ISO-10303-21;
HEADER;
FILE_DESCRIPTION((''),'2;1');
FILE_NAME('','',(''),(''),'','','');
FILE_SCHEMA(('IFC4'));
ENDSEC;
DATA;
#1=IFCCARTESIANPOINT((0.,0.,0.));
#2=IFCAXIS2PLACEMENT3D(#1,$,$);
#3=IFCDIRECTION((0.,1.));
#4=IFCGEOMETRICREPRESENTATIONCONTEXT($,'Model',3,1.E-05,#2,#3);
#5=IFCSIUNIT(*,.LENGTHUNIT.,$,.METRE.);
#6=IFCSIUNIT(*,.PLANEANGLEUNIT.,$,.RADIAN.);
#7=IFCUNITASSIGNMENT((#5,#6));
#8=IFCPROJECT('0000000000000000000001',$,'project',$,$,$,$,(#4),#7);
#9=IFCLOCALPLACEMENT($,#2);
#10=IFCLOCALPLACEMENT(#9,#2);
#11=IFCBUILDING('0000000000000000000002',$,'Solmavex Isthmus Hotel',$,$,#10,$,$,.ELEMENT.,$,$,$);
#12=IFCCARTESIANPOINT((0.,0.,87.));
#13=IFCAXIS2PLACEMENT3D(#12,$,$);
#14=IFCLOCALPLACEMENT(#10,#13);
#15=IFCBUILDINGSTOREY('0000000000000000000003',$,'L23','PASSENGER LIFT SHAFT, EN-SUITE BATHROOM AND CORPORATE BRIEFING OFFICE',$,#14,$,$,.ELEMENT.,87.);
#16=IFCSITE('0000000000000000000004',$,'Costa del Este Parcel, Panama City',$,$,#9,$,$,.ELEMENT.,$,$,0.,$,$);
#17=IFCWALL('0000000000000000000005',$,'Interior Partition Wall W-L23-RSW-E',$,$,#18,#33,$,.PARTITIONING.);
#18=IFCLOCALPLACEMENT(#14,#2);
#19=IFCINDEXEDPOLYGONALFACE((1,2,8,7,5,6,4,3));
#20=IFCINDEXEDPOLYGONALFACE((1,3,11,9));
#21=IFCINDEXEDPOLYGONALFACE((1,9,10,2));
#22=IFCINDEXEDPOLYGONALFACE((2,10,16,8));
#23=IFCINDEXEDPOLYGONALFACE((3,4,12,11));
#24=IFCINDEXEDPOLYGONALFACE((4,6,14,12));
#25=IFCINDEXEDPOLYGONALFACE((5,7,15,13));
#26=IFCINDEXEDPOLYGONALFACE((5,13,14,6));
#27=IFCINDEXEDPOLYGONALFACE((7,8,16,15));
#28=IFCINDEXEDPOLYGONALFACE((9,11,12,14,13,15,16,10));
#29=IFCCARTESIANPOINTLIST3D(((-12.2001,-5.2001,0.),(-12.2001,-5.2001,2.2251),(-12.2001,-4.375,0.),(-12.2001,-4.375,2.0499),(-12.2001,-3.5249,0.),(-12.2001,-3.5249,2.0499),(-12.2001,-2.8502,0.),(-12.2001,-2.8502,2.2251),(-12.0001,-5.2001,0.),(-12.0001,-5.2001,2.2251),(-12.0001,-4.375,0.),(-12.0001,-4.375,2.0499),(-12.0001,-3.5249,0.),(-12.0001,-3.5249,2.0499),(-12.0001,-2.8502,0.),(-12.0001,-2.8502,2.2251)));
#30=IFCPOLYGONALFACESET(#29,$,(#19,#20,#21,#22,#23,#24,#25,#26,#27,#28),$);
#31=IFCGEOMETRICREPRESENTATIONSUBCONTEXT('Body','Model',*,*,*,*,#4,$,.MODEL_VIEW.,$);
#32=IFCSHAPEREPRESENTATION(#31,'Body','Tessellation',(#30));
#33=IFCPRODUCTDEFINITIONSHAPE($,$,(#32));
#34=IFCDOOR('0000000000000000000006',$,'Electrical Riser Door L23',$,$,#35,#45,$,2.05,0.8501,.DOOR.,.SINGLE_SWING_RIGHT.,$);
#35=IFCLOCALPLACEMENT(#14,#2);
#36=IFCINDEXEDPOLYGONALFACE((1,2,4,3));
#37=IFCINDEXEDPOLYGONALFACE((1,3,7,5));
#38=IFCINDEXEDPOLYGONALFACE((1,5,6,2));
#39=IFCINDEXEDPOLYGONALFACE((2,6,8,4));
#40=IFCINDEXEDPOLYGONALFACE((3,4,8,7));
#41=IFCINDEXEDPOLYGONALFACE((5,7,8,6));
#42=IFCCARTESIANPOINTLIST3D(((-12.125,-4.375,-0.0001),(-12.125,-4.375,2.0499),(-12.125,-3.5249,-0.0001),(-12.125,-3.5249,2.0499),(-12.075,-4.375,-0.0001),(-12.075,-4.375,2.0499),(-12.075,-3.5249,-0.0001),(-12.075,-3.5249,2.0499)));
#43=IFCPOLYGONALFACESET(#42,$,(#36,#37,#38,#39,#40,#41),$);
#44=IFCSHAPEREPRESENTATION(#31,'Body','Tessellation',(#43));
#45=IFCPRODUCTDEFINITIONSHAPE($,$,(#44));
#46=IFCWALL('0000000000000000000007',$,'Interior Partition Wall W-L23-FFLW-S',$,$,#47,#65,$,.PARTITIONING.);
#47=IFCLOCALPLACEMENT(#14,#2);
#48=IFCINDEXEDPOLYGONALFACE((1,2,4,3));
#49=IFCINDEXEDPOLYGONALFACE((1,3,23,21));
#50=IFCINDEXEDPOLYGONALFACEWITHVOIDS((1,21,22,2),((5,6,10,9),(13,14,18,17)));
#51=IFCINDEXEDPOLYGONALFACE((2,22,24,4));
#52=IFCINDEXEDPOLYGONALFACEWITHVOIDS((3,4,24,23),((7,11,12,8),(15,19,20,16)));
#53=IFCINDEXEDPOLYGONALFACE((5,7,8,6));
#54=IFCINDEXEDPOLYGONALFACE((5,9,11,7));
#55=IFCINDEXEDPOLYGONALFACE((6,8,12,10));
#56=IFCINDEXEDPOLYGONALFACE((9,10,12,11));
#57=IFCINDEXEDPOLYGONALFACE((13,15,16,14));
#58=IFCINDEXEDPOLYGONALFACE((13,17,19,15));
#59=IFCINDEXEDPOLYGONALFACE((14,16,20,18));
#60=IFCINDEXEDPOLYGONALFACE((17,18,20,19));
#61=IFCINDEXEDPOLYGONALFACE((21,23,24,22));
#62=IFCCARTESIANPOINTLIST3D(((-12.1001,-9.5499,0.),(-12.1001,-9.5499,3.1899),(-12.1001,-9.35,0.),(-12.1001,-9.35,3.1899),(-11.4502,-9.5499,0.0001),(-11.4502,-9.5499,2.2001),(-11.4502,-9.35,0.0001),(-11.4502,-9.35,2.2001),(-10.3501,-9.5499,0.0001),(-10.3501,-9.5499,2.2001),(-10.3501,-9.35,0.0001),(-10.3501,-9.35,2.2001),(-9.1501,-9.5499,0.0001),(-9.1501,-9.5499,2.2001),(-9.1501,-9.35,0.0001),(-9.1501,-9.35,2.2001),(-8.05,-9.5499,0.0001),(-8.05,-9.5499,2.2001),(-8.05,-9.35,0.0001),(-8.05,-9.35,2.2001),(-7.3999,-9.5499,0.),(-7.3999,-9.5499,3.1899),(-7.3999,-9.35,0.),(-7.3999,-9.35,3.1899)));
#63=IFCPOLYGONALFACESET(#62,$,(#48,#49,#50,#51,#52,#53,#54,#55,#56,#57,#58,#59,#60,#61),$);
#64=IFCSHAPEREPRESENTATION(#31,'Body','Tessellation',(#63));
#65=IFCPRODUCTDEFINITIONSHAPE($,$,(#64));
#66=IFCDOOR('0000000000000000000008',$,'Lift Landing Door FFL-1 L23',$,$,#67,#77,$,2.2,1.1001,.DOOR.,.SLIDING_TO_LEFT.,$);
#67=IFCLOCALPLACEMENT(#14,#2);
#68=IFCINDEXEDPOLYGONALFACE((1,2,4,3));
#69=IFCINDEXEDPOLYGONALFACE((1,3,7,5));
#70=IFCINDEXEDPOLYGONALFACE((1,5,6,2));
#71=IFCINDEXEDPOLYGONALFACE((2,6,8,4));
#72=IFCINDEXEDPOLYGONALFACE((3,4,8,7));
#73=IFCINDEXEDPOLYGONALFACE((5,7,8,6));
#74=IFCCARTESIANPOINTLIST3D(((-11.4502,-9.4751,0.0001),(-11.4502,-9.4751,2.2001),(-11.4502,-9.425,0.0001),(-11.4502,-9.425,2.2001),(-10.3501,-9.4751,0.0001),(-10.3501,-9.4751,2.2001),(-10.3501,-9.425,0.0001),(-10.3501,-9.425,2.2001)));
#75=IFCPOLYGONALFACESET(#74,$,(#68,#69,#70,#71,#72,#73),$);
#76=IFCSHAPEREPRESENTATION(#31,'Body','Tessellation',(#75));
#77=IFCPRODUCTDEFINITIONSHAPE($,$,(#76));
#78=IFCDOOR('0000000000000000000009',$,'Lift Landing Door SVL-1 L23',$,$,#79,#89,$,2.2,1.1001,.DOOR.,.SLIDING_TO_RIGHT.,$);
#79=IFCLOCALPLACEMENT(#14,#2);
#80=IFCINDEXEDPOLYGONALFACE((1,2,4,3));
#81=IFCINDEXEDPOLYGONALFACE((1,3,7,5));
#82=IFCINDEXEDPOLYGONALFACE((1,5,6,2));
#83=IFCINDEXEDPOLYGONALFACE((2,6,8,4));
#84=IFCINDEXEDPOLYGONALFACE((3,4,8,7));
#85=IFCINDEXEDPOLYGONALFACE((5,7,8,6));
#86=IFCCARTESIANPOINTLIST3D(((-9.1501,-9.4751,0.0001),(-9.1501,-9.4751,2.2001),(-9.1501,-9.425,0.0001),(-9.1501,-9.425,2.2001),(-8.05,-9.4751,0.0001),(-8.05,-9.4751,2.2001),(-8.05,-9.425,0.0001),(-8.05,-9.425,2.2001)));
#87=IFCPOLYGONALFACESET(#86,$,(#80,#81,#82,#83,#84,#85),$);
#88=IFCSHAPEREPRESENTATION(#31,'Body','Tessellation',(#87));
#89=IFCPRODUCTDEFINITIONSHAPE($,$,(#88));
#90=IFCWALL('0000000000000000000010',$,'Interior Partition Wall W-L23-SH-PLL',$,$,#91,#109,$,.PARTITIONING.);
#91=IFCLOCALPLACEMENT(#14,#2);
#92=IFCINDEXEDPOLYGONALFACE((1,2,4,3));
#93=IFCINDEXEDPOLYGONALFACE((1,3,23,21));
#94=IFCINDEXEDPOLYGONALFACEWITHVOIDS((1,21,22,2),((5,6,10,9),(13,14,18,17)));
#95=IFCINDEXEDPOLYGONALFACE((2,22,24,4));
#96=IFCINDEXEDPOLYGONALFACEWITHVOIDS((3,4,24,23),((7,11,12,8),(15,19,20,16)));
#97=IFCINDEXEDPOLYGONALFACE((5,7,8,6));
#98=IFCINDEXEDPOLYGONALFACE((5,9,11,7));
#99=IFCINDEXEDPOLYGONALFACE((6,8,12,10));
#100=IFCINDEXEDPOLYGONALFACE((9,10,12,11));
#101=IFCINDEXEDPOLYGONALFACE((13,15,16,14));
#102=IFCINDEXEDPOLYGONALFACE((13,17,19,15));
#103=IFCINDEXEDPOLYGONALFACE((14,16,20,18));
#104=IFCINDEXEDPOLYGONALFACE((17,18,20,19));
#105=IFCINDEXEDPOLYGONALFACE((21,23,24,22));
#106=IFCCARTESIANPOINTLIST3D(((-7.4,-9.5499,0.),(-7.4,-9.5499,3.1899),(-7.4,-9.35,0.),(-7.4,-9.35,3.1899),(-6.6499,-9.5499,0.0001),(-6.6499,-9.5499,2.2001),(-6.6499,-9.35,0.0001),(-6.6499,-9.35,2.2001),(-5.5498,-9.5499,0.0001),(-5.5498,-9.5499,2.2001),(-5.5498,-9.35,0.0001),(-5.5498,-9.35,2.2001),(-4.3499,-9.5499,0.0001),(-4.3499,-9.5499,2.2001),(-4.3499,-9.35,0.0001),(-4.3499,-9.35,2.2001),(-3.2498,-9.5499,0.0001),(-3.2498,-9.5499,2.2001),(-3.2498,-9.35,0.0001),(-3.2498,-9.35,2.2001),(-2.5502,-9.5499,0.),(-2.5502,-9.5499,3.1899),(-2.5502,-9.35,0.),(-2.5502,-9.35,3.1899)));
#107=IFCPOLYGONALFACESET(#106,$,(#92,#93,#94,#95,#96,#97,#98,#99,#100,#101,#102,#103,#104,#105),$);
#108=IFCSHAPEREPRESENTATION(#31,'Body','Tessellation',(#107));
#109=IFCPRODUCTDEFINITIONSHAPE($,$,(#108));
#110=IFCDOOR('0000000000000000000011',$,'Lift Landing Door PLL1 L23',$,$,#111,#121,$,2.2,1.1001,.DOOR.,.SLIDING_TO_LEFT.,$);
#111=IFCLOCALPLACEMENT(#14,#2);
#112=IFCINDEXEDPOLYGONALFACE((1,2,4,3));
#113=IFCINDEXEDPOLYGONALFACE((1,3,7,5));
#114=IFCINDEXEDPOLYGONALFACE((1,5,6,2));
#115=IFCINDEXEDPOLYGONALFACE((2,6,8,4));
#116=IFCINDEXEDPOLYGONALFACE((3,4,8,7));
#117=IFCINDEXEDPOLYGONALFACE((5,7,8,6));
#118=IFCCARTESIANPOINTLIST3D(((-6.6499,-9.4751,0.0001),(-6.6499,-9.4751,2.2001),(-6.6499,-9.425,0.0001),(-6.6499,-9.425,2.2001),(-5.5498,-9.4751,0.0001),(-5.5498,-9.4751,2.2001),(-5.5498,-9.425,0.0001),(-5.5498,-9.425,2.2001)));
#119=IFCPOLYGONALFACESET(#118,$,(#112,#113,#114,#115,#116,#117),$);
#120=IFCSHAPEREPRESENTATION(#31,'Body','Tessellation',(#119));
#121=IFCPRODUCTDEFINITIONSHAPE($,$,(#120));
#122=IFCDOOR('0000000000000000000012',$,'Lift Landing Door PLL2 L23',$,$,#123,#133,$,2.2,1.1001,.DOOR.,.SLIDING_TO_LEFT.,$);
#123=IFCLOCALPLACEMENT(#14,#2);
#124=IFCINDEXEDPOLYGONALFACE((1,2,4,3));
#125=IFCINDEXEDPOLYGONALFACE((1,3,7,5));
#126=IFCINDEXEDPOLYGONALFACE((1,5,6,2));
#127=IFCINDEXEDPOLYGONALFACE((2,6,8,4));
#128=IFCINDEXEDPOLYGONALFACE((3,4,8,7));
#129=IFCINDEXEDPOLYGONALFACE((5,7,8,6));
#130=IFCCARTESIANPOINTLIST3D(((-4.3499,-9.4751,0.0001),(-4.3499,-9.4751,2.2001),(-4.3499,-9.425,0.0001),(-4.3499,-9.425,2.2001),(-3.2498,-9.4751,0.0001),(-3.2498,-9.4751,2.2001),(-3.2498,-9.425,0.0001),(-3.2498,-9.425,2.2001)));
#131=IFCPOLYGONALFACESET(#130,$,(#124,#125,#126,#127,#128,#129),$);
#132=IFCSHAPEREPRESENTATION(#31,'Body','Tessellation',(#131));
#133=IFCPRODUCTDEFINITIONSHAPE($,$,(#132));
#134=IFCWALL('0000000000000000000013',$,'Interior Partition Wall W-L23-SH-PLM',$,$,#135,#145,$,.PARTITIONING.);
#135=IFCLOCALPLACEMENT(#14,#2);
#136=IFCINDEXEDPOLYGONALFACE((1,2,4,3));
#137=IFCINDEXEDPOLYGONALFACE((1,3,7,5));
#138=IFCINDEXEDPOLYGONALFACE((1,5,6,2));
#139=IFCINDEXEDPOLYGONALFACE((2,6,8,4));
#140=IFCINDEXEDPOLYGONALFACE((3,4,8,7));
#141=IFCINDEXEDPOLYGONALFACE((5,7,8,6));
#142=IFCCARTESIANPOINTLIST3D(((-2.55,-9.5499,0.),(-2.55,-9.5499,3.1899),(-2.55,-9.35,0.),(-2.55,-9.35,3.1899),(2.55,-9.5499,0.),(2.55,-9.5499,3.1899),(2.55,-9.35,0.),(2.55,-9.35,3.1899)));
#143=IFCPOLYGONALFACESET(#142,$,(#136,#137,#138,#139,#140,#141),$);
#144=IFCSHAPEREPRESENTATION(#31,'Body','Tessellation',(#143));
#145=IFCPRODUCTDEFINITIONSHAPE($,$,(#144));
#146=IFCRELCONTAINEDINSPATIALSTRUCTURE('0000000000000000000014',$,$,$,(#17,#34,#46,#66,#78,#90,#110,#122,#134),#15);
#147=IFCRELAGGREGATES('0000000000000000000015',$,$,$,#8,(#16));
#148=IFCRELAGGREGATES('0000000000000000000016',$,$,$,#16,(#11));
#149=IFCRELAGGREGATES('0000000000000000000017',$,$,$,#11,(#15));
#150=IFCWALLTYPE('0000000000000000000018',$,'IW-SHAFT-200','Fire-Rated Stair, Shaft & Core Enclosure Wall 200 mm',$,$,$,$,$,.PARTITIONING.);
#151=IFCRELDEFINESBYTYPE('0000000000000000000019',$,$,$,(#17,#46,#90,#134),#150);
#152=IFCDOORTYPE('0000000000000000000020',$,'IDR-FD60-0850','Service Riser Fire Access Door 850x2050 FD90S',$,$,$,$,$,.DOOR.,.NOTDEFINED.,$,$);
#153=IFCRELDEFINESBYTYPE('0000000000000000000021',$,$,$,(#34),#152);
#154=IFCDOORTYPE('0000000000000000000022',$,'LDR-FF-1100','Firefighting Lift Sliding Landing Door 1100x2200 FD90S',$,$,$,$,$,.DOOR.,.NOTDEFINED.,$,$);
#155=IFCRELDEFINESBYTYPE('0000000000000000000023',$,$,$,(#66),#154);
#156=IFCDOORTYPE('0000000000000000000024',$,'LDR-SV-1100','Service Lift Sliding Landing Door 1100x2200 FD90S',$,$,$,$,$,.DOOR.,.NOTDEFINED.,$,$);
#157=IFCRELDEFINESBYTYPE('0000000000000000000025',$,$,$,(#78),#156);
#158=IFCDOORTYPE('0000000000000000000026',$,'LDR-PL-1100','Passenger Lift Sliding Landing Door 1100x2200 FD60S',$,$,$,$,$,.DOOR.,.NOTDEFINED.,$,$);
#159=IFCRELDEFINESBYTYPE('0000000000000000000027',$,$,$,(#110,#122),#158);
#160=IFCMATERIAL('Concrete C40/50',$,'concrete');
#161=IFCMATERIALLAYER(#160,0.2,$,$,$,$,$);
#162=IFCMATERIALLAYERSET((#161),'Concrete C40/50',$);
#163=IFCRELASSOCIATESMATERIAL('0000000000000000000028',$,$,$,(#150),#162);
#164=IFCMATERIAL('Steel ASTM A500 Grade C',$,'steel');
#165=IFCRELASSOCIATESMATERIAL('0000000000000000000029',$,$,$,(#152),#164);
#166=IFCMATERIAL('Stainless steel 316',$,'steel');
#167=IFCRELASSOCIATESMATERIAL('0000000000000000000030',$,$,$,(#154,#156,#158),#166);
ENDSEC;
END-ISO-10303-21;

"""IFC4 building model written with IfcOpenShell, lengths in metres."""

from ifc_helpers import new_model, si_unit, direction, frame, frame_2d, origin, place, context, subcontext, project, spatial, rectangle, extrude, material, layer, layer_set, type_object, element, fill, save


model = new_model("IFC4")

# Units and contexts
model_context = context("Model", 3, precision=1e-05, world=origin(), true_north=direction((0.0, 1.0)))
body_context = subcontext(model_context, "Body", "Model", "MODEL_VIEW")
ifc_project = project(units=[si_unit("LENGTHUNIT", "METRE"), si_unit("PLANEANGLEUNIT", "RADIAN")], contexts=[model_context])

# Site, building, storey
site_placement = place(None, origin())
site = spatial("IfcSite", under=ifc_project, at=site_placement, Name="Costa del Este Parcel, Panama City", CompositionType="ELEMENT", RefElevation=0.0)
building_placement = place(site_placement, origin())
building = spatial("IfcBuilding", under=site, at=building_placement, Name="Solmavex Isthmus Hotel", CompositionType="ELEMENT")
storey_placement = place(building_placement, frame((0.0, 0.0, 87.0)))
storey = spatial("IfcBuildingStorey", under=building, at=storey_placement, Name="L23", Description="PASSENGER LIFT SHAFT, EN-SUITE BATHROOM AND CORPORATE BRIEFING OFFICE", CompositionType="ELEMENT", Elevation=87.0)

# Shared definitions
ifc_material_1 = material(Name="Concrete C40/50", Category="concrete")

# Wall, opening, door
ifc_layer_1 = layer(ifc_material_1, 0.2)
ifc_layer_set_1 = layer_set([ifc_layer_1], Name="Concrete C40/50")
wall_type_1 = type_object("IfcWallType", Name="IW-SHAFT-200", Description="Fire-Rated Stair, Shaft & Core Enclosure Wall 200 mm", PredefinedType="PARTITIONING", material=ifc_layer_set_1)
wall_1_placement = place(storey_placement, frame((-12.1001, -5.2, 0.0), z_axis=(0.0, 0.0, 1.0), x_axis=(0.0, 1.0, 0.0)))
wall_1 = element("IfcWall", 1, at=wall_1_placement, inside=storey, type_object=wall_type_1, Name="Interior Partition Wall W-L23-RSW-E", PredefinedType="PARTITIONING", context=body_context, shape_type="SweptSolid", body=[
    extrude(rectangle(XDim=2.3499, YDim=0.2, at=frame_2d((1.1748, 0.0))), origin(), (0.0, 0.0, 1.0), 2.2251),
])
opening_1_placement = place(wall_1_placement, frame((0.825, 0.0, 0.0)))
opening_1 = element("IfcOpeningElement", 2, at=opening_1_placement, cuts=wall_1, PredefinedType="OPENING", context=body_context, shape_type="SweptSolid", body=[
    extrude(rectangle(XDim=0.8501, YDim=2.05, at=frame_2d((0.425, 1.0249))), frame((0.0, 0.1099, 0.0), z_axis=(0.0, -1.0, 0.0), x_axis=(1.0, 0.0, 0.0)), (0.0, 0.0, 1.0), 0.22),
])
ifc_material_2 = material(Name="Steel ASTM A500 Grade C", Category="steel")
door_type_1 = type_object("IfcDoorType", Name="IDR-FD60-0850", Description="Service Riser Fire Access Door 850x2050 FD90S", OperationType="NOTDEFINED", PredefinedType="DOOR", material=ifc_material_2)
door_1_placement = place(opening_1_placement, origin())
door_1 = element("IfcDoor", 3, at=door_1_placement, inside=storey, type_object=door_type_1, Name="Electrical Riser Door L23", OperationType="SINGLE_SWING_RIGHT", OverallHeight=2.05, OverallWidth=0.8501, PredefinedType="DOOR", context=body_context, shape_type="SweptSolid", body=[
    extrude(rectangle(XDim=0.8501, YDim=2.05, at=frame_2d((0.425, 1.0249))), frame((0.0, 0.0249, 0.0), z_axis=(0.0, -1.0, 0.0), x_axis=(1.0, 0.0, 0.0)), (0.0, 0.0, 1.0), 0.05),
])
fill(opening_1, door_1)

# Walls, openings, doors
wall_2_placement = place(storey_placement, frame((-12.1001, -9.45, 0.0), z_axis=(0.0, 0.0, 1.0), x_axis=(1.0, 0.0, 0.0)))
wall_2 = element("IfcWall", 4, at=wall_2_placement, inside=storey, type_object=wall_type_1, Name="Interior Partition Wall W-L23-FFLW-S", PredefinedType="PARTITIONING", context=body_context, shape_type="SweptSolid", body=[
    extrude(rectangle(XDim=4.7002, YDim=0.2, at=frame_2d((2.3501, 0.0))), origin(), (0.0, 0.0, 1.0), 3.1899),
])
opening_2_placement = place(wall_2_placement, frame((0.6499, 0.0, 0.0)))
opening_2 = element("IfcOpeningElement", 5, at=opening_2_placement, cuts=wall_2, PredefinedType="OPENING", context=body_context, shape_type="SweptSolid", body=[
    extrude(rectangle(XDim=1.1001, YDim=2.2, at=frame_2d((0.55, 1.1001))), frame((0.0, 0.1099, 0.0), z_axis=(0.0, -1.0, 0.0), x_axis=(1.0, 0.0, 0.0)), (0.0, 0.0, 1.0), 0.22),
])
opening_3_placement = place(wall_2_placement, frame((2.95, 0.0, 0.0)))
opening_3 = element("IfcOpeningElement", 6, at=opening_3_placement, cuts=wall_2, PredefinedType="OPENING", context=body_context, shape_type="SweptSolid", body=[
    extrude(rectangle(XDim=1.1001, YDim=2.2, at=frame_2d((0.55, 1.1001))), frame((0.0, 0.1099, 0.0), z_axis=(0.0, -1.0, 0.0), x_axis=(1.0, 0.0, 0.0)), (0.0, 0.0, 1.0), 0.22),
])
ifc_material_3 = material(Name="Stainless steel 316", Category="steel")
door_type_2 = type_object("IfcDoorType", Name="LDR-FF-1100", Description="Firefighting Lift Sliding Landing Door 1100x2200 FD90S", OperationType="NOTDEFINED", PredefinedType="DOOR", material=ifc_material_3)
door_2_placement = place(opening_2_placement, origin())
door_2 = element("IfcDoor", 7, at=door_2_placement, inside=storey, type_object=door_type_2, Name="Lift Landing Door FFL-1 L23", OperationType="SLIDING_TO_LEFT", OverallHeight=2.2, OverallWidth=1.1001, PredefinedType="DOOR", context=body_context, shape_type="SweptSolid", body=[
    extrude(rectangle(XDim=1.1001, YDim=2.2, at=frame_2d((0.55, 1.1001))), frame((0.0, 0.0249, 0.0), z_axis=(0.0, -1.0, 0.0), x_axis=(1.0, 0.0, 0.0)), (0.0, 0.0, 1.0), 0.05),
])
fill(opening_2, door_2)
door_type_3 = type_object("IfcDoorType", Name="LDR-SV-1100", Description="Service Lift Sliding Landing Door 1100x2200 FD90S", OperationType="NOTDEFINED", PredefinedType="DOOR", material=ifc_material_3)
door_3_placement = place(opening_3_placement, origin())
door_3 = element("IfcDoor", 8, at=door_3_placement, inside=storey, type_object=door_type_3, Name="Lift Landing Door SVL-1 L23", OperationType="SLIDING_TO_RIGHT", OverallHeight=2.2, OverallWidth=1.1001, PredefinedType="DOOR", context=body_context, shape_type="SweptSolid", body=[
    extrude(rectangle(XDim=1.1001, YDim=2.2, at=frame_2d((0.55, 1.1001))), frame((0.0, 0.0249, 0.0), z_axis=(0.0, -1.0, 0.0), x_axis=(1.0, 0.0, 0.0)), (0.0, 0.0, 1.0), 0.05),
])
fill(opening_3, door_3)
wall_3_placement = place(storey_placement, frame((-7.3999, -9.45, 0.0), z_axis=(0.0, 0.0, 1.0), x_axis=(1.0, 0.0, 0.0)))
wall_3 = element("IfcWall", 9, at=wall_3_placement, inside=storey, type_object=wall_type_1, Name="Interior Partition Wall W-L23-SH-PLL", PredefinedType="PARTITIONING", context=body_context, shape_type="SweptSolid", body=[
    extrude(rectangle(XDim=4.8499, YDim=0.2, at=frame_2d((2.4248, 0.0))), origin(), (0.0, 0.0, 1.0), 3.1899),
])
opening_4_placement = place(wall_3_placement, frame((0.75, 0.0, 0.0)))
opening_4 = element("IfcOpeningElement", 10, at=opening_4_placement, cuts=wall_3, PredefinedType="OPENING", context=body_context, shape_type="SweptSolid", body=[
    extrude(rectangle(XDim=1.1001, YDim=2.2, at=frame_2d((0.55, 1.1001))), frame((0.0, 0.1099, 0.0), z_axis=(0.0, -1.0, 0.0), x_axis=(1.0, 0.0, 0.0)), (0.0, 0.0, 1.0), 0.22),
])
opening_5_placement = place(wall_3_placement, frame((3.05, 0.0, 0.0)))
opening_5 = element("IfcOpeningElement", 11, at=opening_5_placement, cuts=wall_3, PredefinedType="OPENING", context=body_context, shape_type="SweptSolid", body=[
    extrude(rectangle(XDim=1.1001, YDim=2.2, at=frame_2d((0.55, 1.1001))), frame((0.0, 0.1099, 0.0), z_axis=(0.0, -1.0, 0.0), x_axis=(1.0, 0.0, 0.0)), (0.0, 0.0, 1.0), 0.22),
])
door_type_4 = type_object("IfcDoorType", Name="LDR-PL-1100", Description="Passenger Lift Sliding Landing Door 1100x2200 FD60S", OperationType="NOTDEFINED", PredefinedType="DOOR", material=ifc_material_3)
door_4_placement = place(opening_4_placement, origin())
door_4 = element("IfcDoor", 12, at=door_4_placement, inside=storey, type_object=door_type_4, Name="Lift Landing Door PLL1 L23", OperationType="SLIDING_TO_LEFT", OverallHeight=2.2, OverallWidth=1.1001, PredefinedType="DOOR", context=body_context, shape_type="SweptSolid", body=[
    extrude(rectangle(XDim=1.1001, YDim=2.2, at=frame_2d((0.55, 1.1001))), frame((0.0, 0.0249, 0.0), z_axis=(0.0, -1.0, 0.0), x_axis=(1.0, 0.0, 0.0)), (0.0, 0.0, 1.0), 0.05),
])
fill(opening_4, door_4)
door_5_placement = place(opening_5_placement, origin())
door_5 = element("IfcDoor", 13, at=door_5_placement, inside=storey, type_object=door_type_4, Name="Lift Landing Door PLL2 L23", OperationType="SLIDING_TO_LEFT", OverallHeight=2.2, OverallWidth=1.1001, PredefinedType="DOOR", context=body_context, shape_type="SweptSolid", body=[
    extrude(rectangle(XDim=1.1001, YDim=2.2, at=frame_2d((0.55, 1.1001))), frame((0.0, 0.0249, 0.0), z_axis=(0.0, -1.0, 0.0), x_axis=(1.0, 0.0, 0.0)), (0.0, 0.0, 1.0), 0.05),
])
fill(opening_5, door_5)

# Wall
wall_4_placement = place(storey_placement, frame((-2.55, -9.45, 0.0), z_axis=(0.0, 0.0, 1.0), x_axis=(1.0, 0.0, 0.0)))
element("IfcWall", 14, at=wall_4_placement, inside=storey, type_object=wall_type_1, Name="Interior Partition Wall W-L23-SH-PLM", PredefinedType="PARTITIONING", context=body_context, shape_type="SweptSolid", body=[
    extrude(rectangle(XDim=5.1001, YDim=0.2, at=frame_2d((2.55, 0.0))), origin(), (0.0, 0.0, 1.0), 3.1899),
])

save(model, "model.ifc")
